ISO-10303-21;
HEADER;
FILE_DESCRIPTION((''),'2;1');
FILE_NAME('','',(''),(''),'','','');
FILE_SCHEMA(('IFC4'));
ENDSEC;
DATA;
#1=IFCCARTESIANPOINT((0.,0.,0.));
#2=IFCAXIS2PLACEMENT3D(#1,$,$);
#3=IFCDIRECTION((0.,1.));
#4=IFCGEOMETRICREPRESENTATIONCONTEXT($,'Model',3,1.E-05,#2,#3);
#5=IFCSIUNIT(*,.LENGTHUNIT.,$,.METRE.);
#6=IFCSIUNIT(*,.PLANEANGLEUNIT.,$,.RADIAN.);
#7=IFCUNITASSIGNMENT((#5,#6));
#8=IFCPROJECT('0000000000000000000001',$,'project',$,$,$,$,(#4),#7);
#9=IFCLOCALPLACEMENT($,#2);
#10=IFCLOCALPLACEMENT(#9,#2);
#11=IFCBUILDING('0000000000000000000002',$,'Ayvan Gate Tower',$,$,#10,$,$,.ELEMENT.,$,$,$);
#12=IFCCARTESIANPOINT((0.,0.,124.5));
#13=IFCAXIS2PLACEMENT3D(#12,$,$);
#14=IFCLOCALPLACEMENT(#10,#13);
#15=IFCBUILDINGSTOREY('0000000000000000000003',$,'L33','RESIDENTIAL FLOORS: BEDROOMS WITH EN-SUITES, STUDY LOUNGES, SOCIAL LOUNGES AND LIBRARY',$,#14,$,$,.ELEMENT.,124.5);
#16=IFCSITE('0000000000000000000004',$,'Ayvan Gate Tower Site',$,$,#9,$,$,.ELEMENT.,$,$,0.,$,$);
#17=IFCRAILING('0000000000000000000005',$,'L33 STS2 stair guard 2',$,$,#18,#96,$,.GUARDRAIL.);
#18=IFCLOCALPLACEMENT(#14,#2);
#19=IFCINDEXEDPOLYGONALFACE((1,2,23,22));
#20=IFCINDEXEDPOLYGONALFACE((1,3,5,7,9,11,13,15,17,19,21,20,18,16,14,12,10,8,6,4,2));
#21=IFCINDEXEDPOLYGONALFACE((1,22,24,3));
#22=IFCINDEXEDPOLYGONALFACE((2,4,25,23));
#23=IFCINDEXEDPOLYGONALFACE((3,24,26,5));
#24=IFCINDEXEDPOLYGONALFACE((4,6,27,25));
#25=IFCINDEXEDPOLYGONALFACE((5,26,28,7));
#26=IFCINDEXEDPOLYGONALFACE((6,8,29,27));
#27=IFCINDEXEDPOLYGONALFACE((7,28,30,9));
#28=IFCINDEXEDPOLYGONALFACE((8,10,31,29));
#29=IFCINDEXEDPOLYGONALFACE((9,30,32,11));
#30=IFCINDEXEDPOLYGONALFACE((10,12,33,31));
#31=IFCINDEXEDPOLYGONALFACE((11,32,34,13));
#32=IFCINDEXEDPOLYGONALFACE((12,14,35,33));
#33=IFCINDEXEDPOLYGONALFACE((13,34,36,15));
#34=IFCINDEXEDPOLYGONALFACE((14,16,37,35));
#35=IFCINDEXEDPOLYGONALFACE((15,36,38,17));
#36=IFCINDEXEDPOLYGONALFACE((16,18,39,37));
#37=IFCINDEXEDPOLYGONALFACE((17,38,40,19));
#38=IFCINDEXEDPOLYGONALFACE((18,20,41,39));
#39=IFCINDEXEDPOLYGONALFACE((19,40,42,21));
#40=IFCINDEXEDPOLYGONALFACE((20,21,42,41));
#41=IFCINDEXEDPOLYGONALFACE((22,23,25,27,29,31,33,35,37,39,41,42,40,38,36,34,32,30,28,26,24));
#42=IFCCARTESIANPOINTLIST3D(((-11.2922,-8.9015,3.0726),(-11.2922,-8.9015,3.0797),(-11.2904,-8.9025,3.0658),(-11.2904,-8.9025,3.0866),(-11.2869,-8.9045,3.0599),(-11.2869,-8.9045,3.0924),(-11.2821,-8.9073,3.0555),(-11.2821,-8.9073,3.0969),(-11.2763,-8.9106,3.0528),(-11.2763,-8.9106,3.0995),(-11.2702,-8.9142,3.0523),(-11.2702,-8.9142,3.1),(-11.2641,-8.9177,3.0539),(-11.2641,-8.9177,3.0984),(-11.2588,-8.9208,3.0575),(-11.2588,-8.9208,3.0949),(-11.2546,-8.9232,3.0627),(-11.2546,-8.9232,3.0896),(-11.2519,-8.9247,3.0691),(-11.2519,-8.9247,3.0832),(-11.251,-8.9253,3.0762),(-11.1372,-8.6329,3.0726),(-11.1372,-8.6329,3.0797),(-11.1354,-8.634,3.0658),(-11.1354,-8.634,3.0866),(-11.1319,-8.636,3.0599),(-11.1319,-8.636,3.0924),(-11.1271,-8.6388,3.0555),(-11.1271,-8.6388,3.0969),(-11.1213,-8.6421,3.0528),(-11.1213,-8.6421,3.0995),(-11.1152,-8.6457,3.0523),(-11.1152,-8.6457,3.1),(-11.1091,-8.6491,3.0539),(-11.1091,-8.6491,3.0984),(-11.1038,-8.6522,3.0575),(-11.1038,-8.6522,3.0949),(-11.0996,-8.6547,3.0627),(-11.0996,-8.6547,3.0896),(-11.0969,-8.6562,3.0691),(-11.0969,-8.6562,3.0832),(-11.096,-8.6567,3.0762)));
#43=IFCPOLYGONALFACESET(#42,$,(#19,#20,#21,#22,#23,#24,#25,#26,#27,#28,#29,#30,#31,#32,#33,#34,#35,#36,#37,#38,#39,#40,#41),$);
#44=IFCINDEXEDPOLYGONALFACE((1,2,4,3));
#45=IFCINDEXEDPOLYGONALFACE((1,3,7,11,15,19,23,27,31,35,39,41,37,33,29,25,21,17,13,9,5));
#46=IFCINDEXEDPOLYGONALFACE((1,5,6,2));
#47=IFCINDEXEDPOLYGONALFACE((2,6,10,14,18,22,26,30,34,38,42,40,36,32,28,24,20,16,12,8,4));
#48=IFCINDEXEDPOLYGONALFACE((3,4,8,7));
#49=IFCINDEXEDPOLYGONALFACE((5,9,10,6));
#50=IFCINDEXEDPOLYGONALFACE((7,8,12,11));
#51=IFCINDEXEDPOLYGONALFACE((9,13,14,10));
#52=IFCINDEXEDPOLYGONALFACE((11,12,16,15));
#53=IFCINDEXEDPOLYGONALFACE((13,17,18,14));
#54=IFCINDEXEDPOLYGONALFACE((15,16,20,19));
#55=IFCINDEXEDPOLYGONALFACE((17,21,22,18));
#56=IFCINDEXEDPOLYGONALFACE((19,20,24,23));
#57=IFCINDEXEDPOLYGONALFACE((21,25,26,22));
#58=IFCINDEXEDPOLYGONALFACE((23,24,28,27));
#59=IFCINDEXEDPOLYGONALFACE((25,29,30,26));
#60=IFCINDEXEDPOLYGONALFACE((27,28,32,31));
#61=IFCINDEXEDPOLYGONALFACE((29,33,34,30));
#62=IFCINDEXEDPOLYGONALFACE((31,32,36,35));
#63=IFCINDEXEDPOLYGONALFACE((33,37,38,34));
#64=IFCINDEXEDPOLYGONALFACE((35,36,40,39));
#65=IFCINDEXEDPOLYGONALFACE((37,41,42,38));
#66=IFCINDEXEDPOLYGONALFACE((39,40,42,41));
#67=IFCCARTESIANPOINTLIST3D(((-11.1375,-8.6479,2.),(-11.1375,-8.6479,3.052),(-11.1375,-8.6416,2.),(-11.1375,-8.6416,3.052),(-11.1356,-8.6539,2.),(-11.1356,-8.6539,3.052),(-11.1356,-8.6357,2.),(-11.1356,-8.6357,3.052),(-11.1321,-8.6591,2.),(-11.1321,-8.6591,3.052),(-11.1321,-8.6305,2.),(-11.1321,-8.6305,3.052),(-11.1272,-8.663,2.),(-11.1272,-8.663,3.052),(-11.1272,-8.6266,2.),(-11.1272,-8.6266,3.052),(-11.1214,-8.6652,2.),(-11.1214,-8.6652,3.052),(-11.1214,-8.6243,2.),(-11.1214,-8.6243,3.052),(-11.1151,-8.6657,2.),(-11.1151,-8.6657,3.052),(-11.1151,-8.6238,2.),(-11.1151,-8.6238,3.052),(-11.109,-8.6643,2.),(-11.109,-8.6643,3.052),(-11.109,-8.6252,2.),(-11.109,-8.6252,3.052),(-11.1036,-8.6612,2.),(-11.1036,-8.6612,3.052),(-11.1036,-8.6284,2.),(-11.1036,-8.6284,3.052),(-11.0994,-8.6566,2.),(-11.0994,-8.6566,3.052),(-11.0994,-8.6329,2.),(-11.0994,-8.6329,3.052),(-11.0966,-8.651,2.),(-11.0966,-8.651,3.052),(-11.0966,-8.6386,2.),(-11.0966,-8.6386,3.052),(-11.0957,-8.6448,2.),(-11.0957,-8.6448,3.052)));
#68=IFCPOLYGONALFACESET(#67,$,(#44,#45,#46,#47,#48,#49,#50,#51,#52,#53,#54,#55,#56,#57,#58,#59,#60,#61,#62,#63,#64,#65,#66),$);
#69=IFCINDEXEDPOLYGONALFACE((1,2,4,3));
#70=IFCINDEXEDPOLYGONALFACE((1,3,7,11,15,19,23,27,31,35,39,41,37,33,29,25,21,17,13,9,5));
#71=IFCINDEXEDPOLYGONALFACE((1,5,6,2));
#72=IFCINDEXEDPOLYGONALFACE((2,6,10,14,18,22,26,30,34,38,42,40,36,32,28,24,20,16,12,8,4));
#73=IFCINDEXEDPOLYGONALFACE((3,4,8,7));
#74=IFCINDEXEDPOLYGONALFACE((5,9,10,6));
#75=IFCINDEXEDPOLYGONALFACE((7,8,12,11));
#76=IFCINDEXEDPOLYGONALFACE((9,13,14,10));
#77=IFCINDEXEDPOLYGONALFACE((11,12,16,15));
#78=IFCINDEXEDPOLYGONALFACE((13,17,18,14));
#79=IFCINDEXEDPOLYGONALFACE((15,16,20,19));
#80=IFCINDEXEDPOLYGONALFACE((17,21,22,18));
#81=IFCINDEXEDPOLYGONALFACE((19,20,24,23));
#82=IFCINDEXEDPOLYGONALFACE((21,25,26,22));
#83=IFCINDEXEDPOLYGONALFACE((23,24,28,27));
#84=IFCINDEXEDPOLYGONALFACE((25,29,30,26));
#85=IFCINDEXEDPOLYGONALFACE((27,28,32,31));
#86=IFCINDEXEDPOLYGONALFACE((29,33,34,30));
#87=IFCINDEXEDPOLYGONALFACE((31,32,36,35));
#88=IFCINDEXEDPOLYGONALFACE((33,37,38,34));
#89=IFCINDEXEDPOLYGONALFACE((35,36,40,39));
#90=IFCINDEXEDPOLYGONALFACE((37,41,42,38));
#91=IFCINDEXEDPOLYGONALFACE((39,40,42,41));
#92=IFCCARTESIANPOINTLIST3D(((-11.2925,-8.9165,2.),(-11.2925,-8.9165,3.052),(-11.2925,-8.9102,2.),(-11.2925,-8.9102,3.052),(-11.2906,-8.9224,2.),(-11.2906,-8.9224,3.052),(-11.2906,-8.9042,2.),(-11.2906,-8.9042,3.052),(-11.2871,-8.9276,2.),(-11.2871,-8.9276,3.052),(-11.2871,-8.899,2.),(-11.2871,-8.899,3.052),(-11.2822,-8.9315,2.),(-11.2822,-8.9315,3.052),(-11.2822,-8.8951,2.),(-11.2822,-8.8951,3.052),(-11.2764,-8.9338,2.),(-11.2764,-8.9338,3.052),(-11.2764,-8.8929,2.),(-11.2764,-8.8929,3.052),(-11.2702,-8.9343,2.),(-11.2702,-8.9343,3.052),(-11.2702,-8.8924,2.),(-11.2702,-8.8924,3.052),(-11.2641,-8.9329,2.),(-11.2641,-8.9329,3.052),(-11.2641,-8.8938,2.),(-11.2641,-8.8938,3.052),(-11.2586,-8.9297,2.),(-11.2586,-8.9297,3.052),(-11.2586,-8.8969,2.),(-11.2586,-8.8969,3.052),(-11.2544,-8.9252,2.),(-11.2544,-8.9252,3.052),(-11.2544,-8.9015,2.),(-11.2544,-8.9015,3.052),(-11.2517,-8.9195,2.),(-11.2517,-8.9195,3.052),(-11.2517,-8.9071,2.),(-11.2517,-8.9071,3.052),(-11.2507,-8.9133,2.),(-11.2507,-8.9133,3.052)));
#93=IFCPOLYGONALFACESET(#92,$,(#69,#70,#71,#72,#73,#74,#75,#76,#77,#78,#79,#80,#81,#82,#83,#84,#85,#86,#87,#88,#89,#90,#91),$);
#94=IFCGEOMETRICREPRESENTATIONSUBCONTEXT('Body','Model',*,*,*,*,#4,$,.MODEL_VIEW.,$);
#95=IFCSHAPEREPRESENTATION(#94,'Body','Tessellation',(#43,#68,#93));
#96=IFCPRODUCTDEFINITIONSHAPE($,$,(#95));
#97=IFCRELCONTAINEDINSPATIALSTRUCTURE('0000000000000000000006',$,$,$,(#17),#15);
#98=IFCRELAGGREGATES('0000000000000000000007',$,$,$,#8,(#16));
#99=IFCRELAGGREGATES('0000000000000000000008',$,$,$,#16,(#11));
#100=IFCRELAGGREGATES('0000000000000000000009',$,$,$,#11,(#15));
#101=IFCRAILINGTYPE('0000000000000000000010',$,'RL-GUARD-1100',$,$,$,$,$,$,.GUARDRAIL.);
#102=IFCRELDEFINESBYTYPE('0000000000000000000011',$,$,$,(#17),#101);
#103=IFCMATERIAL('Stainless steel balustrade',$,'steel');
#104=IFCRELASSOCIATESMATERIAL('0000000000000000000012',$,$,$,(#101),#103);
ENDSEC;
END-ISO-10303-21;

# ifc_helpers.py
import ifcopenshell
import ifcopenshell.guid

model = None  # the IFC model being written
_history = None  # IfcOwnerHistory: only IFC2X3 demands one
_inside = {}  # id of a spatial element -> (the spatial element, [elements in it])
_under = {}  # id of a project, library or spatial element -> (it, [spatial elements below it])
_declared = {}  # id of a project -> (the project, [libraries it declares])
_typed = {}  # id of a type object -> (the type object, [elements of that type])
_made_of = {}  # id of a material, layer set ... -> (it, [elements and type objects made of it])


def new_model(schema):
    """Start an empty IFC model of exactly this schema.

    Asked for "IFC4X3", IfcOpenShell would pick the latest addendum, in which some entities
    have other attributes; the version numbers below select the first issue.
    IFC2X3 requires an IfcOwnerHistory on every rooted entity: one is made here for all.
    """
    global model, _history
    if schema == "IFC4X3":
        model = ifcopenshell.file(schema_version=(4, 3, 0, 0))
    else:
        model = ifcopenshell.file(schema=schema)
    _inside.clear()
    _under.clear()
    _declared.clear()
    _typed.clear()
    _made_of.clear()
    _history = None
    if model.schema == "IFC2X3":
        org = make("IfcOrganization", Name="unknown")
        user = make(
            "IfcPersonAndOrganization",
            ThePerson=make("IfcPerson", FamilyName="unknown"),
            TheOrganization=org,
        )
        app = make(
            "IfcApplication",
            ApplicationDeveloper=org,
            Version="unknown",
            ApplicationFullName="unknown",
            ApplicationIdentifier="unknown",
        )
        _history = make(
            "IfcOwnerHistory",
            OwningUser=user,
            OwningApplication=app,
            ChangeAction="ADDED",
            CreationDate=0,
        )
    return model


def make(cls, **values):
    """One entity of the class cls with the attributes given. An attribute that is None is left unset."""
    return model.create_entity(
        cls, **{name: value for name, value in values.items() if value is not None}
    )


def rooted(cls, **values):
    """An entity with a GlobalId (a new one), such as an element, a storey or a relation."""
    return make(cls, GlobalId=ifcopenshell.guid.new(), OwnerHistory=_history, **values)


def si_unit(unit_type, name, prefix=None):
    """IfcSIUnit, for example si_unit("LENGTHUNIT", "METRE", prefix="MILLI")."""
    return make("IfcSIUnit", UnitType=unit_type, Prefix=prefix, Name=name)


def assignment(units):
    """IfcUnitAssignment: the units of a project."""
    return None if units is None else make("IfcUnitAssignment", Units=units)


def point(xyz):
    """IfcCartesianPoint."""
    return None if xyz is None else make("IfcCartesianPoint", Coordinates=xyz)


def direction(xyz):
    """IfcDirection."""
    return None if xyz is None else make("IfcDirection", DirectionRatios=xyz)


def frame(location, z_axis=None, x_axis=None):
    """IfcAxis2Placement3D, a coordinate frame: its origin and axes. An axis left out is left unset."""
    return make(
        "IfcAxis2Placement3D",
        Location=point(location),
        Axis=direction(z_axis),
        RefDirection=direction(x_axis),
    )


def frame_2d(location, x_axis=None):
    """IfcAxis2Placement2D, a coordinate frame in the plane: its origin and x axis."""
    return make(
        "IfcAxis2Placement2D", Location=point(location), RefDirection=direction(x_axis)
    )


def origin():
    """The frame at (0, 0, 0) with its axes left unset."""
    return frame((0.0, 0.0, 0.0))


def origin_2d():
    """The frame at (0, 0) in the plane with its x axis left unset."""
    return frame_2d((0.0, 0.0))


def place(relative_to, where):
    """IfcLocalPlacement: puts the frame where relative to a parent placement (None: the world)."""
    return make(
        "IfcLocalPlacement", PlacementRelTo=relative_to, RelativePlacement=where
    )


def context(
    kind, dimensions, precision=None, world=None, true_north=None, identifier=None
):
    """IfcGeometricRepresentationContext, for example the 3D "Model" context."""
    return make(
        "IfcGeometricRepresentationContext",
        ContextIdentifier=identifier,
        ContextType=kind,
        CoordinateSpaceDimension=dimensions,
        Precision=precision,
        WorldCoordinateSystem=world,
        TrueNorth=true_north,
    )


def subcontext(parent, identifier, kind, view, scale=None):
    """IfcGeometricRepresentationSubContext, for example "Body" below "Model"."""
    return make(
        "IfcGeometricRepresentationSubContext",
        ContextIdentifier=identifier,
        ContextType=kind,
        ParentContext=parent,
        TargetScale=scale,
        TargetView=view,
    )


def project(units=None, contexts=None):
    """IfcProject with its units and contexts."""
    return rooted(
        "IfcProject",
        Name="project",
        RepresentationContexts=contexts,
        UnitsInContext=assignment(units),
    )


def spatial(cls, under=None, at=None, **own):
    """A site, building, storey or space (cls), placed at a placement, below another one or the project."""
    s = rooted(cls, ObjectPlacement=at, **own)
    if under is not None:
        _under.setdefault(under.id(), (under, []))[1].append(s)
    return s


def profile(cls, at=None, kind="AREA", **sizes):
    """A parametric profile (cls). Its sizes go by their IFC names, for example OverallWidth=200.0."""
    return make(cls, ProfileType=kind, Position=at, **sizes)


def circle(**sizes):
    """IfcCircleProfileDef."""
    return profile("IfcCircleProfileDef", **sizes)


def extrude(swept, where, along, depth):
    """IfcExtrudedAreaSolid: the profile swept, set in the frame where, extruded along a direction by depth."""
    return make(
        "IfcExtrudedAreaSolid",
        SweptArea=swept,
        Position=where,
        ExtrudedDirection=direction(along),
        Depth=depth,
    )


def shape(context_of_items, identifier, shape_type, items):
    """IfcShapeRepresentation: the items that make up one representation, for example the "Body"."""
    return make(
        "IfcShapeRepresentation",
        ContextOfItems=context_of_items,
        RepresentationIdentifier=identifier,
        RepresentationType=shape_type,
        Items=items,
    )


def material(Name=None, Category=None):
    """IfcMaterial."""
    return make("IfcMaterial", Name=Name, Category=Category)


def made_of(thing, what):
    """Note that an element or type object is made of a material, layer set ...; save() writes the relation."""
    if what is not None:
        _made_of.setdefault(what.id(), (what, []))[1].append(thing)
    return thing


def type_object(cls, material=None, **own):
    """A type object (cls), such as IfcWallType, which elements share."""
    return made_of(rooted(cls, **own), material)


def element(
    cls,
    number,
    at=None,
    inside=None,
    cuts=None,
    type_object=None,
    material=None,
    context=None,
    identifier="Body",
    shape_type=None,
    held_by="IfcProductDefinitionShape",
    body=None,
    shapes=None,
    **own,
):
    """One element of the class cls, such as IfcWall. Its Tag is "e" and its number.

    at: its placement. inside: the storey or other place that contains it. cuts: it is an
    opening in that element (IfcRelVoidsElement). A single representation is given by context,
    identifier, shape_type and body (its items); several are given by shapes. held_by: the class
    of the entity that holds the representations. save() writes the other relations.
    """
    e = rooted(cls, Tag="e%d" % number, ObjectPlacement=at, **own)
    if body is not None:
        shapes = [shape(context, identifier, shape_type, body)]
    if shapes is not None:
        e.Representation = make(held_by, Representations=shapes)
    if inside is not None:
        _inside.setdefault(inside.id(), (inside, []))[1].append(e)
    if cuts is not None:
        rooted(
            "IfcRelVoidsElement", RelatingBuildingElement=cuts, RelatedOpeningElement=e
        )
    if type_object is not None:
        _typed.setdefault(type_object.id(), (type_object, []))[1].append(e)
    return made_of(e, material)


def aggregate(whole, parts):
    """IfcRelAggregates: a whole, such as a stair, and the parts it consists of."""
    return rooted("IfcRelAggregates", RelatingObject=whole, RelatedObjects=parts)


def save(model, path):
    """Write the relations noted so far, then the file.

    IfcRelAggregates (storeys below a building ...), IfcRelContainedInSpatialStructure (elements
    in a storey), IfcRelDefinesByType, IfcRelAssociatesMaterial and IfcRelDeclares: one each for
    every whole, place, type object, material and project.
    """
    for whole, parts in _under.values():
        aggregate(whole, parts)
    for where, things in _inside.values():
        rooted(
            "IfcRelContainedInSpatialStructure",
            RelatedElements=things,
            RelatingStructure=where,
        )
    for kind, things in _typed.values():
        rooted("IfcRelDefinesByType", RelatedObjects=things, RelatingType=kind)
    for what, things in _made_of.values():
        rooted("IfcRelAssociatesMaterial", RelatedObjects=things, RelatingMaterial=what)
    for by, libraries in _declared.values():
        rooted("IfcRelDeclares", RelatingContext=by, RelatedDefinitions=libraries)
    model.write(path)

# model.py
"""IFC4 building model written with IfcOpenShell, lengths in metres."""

from ifc_helpers import new_model, si_unit, direction, frame, origin, origin_2d, place, context, subcontext, project, spatial, circle, extrude, material, type_object, element, save


model = new_model("IFC4")

# Units and contexts
model_context = context("Model", 3, precision=1e-05, world=origin(), true_north=direction((0.0, 1.0)))
body_context = subcontext(model_context, "Body", "Model", "MODEL_VIEW")
ifc_project = project(units=[si_unit("LENGTHUNIT", "METRE"), si_unit("PLANEANGLEUNIT", "RADIAN")], contexts=[model_context])

# Site, building, storey
site_placement = place(None, origin())
site = spatial("IfcSite", under=ifc_project, at=site_placement, Name="Ayvan Gate Tower Site", CompositionType="ELEMENT", RefElevation=0.0)
building_placement = place(site_placement, origin())
building = spatial("IfcBuilding", under=site, at=building_placement, Name="Ayvan Gate Tower", CompositionType="ELEMENT")
storey_placement = place(building_placement, frame((0.0, 0.0, 124.5)))
storey = spatial("IfcBuildingStorey", under=building, at=storey_placement, Name="L33", Description="RESIDENTIAL FLOORS: BEDROOMS WITH EN-SUITES, STUDY LOUNGES, SOCIAL LOUNGES AND LIBRARY", CompositionType="ELEMENT", Elevation=124.5)

# Railing
ifc_material_1 = material(Name="Stainless steel balustrade", Category="steel")
railing_type_1 = type_object("IfcRailingType", Name="RL-GUARD-1100", PredefinedType="GUARDRAIL", material=ifc_material_1)
railing_1_placement = place(storey_placement, frame((-11.1167, -8.6448, 2.0)))
element("IfcRailing", 1, at=railing_1_placement, inside=storey, type_object=railing_type_1, Name="L33 STS2 stair guard 2", PredefinedType="GUARDRAIL", context=body_context, shape_type="SweptSolid", body=[
    extrude(circle(Radius=0.0239, at=origin_2d()), frame((0.0, 0.0, 1.0762), z_axis=(-0.49995, -0.866054, 0.0), x_axis=(0.866054, -0.49995, 0.0)), (0.0, 0.0, 1.0), 0.3101),
    extrude(circle(Radius=0.021, at=origin_2d()), origin(), (0.0, 0.0, 1.0), 1.052),
    extrude(circle(Radius=0.021, at=origin_2d()), frame((-0.155, -0.2686, 0.0)), (0.0, 0.0, 1.0), 1.052),
])

save(model, "model.ifc")
